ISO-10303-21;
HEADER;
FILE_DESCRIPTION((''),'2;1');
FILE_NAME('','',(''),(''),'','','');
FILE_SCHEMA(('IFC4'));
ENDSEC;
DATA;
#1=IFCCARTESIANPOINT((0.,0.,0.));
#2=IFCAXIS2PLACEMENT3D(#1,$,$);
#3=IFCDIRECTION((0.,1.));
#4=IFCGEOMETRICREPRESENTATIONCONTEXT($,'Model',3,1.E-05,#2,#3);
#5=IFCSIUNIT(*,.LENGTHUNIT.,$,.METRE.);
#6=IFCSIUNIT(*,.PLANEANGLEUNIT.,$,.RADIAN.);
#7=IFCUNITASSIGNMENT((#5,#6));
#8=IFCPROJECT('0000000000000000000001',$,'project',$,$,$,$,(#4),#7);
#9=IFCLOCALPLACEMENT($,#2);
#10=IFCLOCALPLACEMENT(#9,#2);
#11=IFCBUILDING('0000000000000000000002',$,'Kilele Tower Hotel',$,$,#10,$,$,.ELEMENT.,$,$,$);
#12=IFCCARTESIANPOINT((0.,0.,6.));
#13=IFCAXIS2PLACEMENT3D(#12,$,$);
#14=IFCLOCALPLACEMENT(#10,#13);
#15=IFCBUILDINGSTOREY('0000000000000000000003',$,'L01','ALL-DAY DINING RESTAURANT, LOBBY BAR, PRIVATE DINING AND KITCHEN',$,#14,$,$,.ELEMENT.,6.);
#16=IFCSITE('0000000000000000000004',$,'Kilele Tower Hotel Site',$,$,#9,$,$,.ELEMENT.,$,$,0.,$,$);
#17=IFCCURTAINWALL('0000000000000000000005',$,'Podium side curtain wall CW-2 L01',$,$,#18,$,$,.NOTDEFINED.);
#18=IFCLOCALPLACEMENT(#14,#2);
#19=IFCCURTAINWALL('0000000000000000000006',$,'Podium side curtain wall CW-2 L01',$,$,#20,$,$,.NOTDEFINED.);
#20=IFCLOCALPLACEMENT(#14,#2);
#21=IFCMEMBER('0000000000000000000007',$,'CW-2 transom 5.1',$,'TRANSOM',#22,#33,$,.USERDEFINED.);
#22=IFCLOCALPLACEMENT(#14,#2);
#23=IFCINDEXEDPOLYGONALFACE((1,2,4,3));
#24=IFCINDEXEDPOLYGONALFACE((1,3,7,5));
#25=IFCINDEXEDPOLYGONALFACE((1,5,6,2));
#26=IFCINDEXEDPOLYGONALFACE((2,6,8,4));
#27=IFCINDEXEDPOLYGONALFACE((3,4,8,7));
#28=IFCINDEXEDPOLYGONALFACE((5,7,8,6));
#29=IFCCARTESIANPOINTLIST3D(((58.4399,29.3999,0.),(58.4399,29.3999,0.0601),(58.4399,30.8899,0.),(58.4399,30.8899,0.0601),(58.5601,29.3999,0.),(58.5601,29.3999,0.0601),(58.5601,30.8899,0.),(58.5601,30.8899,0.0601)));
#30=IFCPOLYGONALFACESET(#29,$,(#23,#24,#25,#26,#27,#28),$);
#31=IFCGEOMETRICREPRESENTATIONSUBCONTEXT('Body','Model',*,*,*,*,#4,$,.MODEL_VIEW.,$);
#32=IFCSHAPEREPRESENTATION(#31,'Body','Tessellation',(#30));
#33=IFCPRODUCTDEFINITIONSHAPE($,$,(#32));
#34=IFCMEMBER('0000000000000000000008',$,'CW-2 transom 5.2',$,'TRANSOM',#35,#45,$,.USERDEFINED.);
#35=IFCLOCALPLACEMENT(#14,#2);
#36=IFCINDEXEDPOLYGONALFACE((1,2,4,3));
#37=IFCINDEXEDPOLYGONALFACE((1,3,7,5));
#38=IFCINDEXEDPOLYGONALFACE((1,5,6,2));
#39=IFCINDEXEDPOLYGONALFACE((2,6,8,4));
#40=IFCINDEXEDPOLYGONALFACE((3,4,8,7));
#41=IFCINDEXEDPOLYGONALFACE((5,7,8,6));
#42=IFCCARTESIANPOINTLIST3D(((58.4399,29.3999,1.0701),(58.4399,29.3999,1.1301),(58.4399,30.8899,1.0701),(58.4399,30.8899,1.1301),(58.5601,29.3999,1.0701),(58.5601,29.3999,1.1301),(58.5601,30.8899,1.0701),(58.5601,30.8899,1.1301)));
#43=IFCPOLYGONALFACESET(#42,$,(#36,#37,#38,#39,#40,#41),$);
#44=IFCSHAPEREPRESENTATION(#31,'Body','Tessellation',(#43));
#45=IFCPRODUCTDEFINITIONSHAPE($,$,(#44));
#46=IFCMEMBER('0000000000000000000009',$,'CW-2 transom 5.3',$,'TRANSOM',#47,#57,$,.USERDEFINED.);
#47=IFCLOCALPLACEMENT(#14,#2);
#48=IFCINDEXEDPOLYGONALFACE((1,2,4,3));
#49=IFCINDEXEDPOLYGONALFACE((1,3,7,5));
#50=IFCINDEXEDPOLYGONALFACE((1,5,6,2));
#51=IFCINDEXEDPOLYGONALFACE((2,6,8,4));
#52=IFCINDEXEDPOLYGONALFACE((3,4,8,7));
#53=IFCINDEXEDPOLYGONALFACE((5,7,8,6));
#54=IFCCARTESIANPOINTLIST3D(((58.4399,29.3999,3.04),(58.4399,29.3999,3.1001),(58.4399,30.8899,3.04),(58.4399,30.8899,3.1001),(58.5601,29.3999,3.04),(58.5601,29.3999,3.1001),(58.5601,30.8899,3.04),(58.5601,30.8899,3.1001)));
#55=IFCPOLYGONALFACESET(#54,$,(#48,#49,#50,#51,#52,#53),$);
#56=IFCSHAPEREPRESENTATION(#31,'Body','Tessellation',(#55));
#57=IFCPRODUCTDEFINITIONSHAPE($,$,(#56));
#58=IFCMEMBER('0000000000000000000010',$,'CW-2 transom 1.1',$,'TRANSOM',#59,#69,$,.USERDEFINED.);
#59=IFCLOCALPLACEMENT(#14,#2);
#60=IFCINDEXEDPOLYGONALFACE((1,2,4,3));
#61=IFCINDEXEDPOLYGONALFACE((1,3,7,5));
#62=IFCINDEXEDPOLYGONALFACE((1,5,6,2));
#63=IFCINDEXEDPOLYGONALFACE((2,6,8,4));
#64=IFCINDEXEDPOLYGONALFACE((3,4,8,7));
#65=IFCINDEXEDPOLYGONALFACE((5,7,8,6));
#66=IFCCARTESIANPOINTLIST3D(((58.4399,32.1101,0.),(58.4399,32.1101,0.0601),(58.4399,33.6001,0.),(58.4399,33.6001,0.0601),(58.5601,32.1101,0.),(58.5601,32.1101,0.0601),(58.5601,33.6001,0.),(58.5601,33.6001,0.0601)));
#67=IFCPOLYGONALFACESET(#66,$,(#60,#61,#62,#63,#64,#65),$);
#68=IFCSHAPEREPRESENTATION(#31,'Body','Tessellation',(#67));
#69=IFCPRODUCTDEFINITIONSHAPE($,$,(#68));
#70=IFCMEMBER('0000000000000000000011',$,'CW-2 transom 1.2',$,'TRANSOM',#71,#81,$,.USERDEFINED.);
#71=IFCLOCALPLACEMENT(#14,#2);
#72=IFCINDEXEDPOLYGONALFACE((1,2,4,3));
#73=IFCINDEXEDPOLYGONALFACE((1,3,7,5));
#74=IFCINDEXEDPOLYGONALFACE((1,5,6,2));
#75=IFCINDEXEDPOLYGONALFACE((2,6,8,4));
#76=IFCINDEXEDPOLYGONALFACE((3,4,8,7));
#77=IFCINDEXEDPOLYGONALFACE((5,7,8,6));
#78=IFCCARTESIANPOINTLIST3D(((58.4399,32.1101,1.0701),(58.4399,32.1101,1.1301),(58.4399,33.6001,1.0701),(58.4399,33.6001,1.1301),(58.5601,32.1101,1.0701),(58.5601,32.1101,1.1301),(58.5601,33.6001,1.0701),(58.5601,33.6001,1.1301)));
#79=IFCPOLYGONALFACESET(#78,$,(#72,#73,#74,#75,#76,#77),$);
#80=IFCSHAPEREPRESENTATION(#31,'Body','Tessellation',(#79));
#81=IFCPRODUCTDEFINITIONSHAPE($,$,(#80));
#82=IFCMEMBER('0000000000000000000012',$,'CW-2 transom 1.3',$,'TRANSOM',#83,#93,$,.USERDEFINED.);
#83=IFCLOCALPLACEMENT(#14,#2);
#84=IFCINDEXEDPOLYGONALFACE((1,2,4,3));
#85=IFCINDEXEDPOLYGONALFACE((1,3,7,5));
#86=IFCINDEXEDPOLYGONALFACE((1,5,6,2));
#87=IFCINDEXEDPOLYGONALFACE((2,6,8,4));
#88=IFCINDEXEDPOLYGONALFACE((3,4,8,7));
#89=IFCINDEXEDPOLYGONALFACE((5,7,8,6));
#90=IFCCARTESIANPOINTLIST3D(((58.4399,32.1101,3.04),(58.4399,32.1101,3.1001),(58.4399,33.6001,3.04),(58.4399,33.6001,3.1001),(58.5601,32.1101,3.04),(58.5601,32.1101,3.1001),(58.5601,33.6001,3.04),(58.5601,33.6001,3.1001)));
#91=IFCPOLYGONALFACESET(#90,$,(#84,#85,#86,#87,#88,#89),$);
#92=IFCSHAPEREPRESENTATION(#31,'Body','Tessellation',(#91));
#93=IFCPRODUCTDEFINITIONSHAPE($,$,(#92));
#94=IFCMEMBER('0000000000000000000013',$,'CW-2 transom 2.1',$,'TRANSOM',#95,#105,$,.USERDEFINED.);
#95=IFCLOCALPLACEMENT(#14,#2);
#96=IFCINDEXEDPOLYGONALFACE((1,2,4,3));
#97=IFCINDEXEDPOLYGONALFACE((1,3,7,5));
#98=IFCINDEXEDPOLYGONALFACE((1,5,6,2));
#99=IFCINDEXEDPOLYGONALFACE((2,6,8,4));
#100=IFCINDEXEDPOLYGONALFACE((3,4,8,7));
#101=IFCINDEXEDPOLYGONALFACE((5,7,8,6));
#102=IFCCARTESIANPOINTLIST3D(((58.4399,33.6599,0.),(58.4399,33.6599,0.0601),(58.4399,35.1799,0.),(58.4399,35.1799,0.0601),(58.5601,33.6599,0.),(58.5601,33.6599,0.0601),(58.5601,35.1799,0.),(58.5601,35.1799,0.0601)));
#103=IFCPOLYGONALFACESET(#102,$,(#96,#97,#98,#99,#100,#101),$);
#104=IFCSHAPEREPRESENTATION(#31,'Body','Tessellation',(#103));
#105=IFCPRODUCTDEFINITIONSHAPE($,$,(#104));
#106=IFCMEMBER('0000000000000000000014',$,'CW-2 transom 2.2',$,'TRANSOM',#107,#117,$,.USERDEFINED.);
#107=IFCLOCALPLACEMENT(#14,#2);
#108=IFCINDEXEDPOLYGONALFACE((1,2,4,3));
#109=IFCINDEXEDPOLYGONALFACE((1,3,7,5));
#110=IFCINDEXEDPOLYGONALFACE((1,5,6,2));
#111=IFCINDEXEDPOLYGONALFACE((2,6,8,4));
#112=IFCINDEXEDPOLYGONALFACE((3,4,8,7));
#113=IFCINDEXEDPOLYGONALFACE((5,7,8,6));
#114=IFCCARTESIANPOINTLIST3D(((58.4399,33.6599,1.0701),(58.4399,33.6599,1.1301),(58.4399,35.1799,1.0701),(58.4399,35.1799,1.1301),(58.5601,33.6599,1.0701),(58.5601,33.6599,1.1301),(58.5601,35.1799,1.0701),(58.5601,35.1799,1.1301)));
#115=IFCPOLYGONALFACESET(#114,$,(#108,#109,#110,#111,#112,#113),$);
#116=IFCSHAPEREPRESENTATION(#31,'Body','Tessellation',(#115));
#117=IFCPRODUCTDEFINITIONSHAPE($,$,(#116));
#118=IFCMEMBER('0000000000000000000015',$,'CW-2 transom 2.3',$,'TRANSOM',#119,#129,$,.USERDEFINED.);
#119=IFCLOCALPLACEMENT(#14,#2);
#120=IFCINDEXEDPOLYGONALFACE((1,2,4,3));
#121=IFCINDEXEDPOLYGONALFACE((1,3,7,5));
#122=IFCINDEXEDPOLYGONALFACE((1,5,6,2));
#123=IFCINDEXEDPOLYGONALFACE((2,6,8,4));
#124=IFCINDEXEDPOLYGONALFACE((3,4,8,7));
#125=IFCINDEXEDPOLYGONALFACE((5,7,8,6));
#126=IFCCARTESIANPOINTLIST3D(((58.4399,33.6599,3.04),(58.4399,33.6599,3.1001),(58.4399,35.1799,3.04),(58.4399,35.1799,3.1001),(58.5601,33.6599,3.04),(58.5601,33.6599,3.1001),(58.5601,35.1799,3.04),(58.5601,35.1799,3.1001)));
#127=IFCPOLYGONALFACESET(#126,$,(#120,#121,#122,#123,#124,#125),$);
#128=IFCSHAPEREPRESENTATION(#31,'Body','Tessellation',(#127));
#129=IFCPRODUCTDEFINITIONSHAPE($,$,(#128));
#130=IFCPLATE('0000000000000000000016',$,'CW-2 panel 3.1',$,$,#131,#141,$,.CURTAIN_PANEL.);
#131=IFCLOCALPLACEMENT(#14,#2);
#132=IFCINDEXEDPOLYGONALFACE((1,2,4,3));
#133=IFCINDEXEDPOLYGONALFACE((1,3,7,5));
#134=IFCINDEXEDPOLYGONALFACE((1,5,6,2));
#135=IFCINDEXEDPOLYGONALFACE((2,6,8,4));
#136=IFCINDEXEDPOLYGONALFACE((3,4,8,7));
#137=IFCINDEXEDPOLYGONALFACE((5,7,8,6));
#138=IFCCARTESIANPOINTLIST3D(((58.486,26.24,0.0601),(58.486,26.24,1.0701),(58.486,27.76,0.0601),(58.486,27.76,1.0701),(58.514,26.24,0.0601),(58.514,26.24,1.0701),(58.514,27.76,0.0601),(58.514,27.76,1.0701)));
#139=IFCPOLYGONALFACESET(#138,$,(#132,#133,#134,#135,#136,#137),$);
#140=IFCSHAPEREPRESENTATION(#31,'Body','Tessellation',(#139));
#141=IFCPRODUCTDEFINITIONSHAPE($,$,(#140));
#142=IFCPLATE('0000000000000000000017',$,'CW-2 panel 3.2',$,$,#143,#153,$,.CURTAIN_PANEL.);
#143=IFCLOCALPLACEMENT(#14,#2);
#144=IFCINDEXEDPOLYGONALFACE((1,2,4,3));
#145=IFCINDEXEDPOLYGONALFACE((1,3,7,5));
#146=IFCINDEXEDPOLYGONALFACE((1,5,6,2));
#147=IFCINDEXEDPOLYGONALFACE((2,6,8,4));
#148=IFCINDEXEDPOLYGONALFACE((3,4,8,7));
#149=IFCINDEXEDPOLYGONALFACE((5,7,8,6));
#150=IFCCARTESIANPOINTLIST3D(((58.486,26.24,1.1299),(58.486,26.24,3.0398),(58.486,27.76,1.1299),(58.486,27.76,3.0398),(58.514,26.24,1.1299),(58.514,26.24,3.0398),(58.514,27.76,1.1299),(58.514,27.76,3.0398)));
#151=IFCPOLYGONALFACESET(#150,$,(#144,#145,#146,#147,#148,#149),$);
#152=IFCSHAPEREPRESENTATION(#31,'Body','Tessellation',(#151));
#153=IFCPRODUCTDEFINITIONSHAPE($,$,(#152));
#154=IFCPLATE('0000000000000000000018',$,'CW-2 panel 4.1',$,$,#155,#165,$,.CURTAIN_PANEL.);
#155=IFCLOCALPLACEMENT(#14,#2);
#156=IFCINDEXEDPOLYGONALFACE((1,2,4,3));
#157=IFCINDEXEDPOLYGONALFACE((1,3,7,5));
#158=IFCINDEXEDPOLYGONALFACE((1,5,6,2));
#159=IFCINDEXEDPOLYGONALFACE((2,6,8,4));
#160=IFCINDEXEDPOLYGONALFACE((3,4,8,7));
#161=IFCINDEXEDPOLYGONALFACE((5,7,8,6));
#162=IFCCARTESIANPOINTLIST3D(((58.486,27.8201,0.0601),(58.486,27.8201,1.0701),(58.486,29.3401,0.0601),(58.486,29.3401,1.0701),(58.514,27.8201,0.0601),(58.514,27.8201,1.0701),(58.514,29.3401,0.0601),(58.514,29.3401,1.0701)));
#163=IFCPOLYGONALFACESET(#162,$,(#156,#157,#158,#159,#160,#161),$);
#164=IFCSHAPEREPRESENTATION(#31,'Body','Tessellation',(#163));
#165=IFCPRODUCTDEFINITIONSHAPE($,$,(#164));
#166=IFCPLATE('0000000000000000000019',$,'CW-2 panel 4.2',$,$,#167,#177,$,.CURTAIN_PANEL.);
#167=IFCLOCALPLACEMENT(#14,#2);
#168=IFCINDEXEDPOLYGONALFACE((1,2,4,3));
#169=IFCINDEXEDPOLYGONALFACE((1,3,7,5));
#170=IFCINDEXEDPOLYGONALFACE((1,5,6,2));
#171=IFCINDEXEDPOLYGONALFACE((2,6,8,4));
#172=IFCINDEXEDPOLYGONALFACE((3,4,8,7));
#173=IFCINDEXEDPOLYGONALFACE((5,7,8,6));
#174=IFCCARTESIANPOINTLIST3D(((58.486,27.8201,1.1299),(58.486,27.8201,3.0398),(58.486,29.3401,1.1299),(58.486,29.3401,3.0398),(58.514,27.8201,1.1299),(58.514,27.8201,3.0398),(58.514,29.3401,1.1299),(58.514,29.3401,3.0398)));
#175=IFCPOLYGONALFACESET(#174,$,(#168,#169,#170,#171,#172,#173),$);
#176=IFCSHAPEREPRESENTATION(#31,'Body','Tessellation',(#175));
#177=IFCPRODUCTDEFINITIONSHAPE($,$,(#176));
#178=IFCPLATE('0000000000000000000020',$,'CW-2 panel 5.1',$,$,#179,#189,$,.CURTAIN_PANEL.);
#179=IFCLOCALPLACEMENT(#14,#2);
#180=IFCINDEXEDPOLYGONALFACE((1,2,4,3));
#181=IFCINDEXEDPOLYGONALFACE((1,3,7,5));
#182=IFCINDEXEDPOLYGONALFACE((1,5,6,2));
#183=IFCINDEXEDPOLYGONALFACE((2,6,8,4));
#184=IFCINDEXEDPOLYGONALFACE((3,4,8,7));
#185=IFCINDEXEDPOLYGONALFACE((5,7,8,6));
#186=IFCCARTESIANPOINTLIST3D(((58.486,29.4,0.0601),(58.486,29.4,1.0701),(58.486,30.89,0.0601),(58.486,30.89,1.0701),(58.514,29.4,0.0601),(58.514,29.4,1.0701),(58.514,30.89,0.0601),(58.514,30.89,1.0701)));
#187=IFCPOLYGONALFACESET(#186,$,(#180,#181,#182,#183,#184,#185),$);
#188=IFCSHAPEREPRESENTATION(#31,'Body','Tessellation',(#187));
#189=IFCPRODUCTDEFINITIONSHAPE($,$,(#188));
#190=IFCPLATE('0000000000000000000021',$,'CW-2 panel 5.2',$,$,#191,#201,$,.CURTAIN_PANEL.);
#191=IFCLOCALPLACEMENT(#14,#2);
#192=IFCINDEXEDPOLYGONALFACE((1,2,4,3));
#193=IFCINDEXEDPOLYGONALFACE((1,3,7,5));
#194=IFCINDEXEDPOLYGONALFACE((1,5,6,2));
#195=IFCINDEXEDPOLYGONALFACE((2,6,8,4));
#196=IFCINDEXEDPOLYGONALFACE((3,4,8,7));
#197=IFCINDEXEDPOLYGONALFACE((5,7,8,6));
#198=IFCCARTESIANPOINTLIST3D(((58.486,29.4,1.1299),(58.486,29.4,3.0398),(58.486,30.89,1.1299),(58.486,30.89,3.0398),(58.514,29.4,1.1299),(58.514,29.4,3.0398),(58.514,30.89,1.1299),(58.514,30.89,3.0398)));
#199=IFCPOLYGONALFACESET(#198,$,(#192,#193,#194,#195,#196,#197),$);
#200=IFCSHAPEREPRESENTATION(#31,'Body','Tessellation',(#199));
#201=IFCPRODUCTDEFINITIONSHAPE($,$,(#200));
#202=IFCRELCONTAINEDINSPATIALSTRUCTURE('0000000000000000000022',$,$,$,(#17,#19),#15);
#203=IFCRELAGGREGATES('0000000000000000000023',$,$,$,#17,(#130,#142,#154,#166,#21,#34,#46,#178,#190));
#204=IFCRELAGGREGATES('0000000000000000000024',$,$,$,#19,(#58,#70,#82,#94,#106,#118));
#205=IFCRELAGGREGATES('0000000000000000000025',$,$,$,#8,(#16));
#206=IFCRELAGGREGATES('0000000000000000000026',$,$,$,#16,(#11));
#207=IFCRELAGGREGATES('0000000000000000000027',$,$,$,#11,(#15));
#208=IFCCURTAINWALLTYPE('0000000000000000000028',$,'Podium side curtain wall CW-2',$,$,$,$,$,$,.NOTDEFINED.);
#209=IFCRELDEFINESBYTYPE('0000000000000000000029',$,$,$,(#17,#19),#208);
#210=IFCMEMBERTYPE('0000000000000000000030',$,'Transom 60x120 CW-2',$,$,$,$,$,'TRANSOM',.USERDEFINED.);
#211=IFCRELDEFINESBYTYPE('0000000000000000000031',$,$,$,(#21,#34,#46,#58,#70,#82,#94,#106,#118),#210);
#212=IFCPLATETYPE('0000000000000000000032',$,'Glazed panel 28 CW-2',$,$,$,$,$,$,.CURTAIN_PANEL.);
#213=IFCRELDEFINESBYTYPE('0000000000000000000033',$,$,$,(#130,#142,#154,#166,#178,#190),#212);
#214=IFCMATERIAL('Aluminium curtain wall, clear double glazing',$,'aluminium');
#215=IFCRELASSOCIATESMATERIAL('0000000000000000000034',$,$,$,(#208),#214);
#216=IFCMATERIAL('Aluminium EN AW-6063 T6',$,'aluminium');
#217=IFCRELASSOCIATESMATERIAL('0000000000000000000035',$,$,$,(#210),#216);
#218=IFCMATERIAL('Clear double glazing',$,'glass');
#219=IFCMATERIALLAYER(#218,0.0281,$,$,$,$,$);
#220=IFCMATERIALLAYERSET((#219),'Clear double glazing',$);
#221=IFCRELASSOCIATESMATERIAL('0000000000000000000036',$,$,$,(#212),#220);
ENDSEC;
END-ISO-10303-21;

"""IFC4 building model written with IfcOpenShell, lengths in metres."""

from ifc_helpers import new_model, si_unit, direction, frame, origin, origin_2d, place, context, subcontext, project, spatial, rectangle, extrude, material, layer, layer_set, material_profile, profile_set, type_object, element, aggregate, save


model = new_model("IFC4")

# Units and contexts
model_context = context("Model", 3, precision=1e-05, world=origin(), true_north=direction((0.0, 1.0)))
body_context = subcontext(model_context, "Body", "Model", "MODEL_VIEW")
ifc_project = project(units=[si_unit("LENGTHUNIT", "METRE"), si_unit("PLANEANGLEUNIT", "RADIAN")], contexts=[model_context])

# Site, building, storey
site_placement = place(None, origin())
site = spatial("IfcSite", under=ifc_project, at=site_placement, Name="Kilele Tower Hotel Site", CompositionType="ELEMENT", RefElevation=0.0)
building_placement = place(site_placement, origin())
building = spatial("IfcBuilding", under=site, at=building_placement, Name="Kilele Tower Hotel", CompositionType="ELEMENT")
storey_placement = place(building_placement, frame((0.0, 0.0, 6.0)))
storey = spatial("IfcBuildingStorey", under=building, at=storey_placement, Name="L01", Description="ALL-DAY DINING RESTAURANT, LOBBY BAR, PRIVATE DINING AND KITCHEN", CompositionType="ELEMENT", Elevation=6.0)

# Curtain walls
ifc_material_1 = material(Name="Aluminium curtain wall, clear double glazing", Category="aluminium")
curtain_wall_type = type_object("IfcCurtainWallType", Name="Podium side curtain wall CW-2", PredefinedType="NOTDEFINED", material=ifc_material_1)
curtain_wall_1_placement = place(storey_placement, origin())
curtain_wall_1 = element("IfcCurtainWall", 1, at=curtain_wall_1_placement, inside=storey, type_object=curtain_wall_type, Name="Podium side curtain wall CW-2 L01", PredefinedType="NOTDEFINED")
curtain_wall_2_placement = place(storey_placement, origin())
curtain_wall_2 = element("IfcCurtainWall", 2, at=curtain_wall_2_placement, inside=storey, type_object=curtain_wall_type, Name="Podium side curtain wall CW-2 L01", PredefinedType="NOTDEFINED")

# Members
ifc_material_2 = material(Name="Aluminium EN AW-6063 T6", Category="aluminium")
ifc_material_profile_1 = material_profile(ifc_material_2, rectangle(XDim=0.1201, YDim=0.0601, at=origin_2d()))
ifc_profile_set_1 = profile_set([ifc_material_profile_1], Name="Aluminium EN AW-6063 T6")
member_type_1 = type_object("IfcMemberType", Name="Transom 60x120 CW-2", ElementType="TRANSOM", PredefinedType="USERDEFINED", material=ifc_profile_set_1)
member_1_placement = place(storey_placement, frame((58.5, 29.3999, 0.03), z_axis=(0.0, 1.0, 0.0), x_axis=(-1.0, 0.0, 0.0)))
member_1 = element("IfcMember", 3, at=member_1_placement, type_object=member_type_1, Name="CW-2 transom 5.1", ObjectType="TRANSOM", PredefinedType="USERDEFINED", context=body_context, shape_type="SweptSolid", body=[
    extrude(rectangle(XDim=0.1201, YDim=0.0601, at=origin_2d()), origin(), (0.0, 0.0, 1.0), 1.49),
])
member_2_placement = place(storey_placement, frame((58.5, 29.3999, 1.1001), z_axis=(0.0, 1.0, 0.0), x_axis=(-1.0, 0.0, 0.0)))
member_2 = element("IfcMember", 4, at=member_2_placement, type_object=member_type_1, Name="CW-2 transom 5.2", ObjectType="TRANSOM", PredefinedType="USERDEFINED", context=body_context, shape_type="SweptSolid", body=[
    extrude(rectangle(XDim=0.1201, YDim=0.0601, at=origin_2d()), origin(), (0.0, 0.0, 1.0), 1.49),
])
member_3_placement = place(storey_placement, frame((58.5, 29.3999, 3.0701), z_axis=(0.0, 1.0, 0.0), x_axis=(-1.0, 0.0, 0.0)))
member_3 = element("IfcMember", 5, at=member_3_placement, type_object=member_type_1, Name="CW-2 transom 5.3", ObjectType="TRANSOM", PredefinedType="USERDEFINED", context=body_context, shape_type="SweptSolid", body=[
    extrude(rectangle(XDim=0.1201, YDim=0.0601, at=origin_2d()), origin(), (0.0, 0.0, 1.0), 1.49),
])
member_4_placement = place(storey_placement, frame((58.5, 32.1101, 0.03), z_axis=(0.0, 1.0, 0.0), x_axis=(-1.0, 0.0, 0.0)))
member_4 = element("IfcMember", 6, at=member_4_placement, type_object=member_type_1, Name="CW-2 transom 1.1", ObjectType="TRANSOM", PredefinedType="USERDEFINED", context=body_context, shape_type="SweptSolid", body=[
    extrude(rectangle(XDim=0.1201, YDim=0.0601, at=origin_2d()), origin(), (0.0, 0.0, 1.0), 1.49),
])
member_5_placement = place(storey_placement, frame((58.5, 32.1101, 1.1001), z_axis=(0.0, 1.0, 0.0), x_axis=(-1.0, 0.0, 0.0)))
member_5 = element("IfcMember", 7, at=member_5_placement, type_object=member_type_1, Name="CW-2 transom 1.2", ObjectType="TRANSOM", PredefinedType="USERDEFINED", context=body_context, shape_type="SweptSolid", body=[
    extrude(rectangle(XDim=0.1201, YDim=0.0601, at=origin_2d()), origin(), (0.0, 0.0, 1.0), 1.49),
])
member_6_placement = place(storey_placement, frame((58.5, 32.1101, 3.0701), z_axis=(0.0, 1.0, 0.0), x_axis=(-1.0, 0.0, 0.0)))
member_6 = element("IfcMember", 8, at=member_6_placement, type_object=member_type_1, Name="CW-2 transom 1.3", ObjectType="TRANSOM", PredefinedType="USERDEFINED", context=body_context, shape_type="SweptSolid", body=[
    extrude(rectangle(XDim=0.1201, YDim=0.0601, at=origin_2d()), origin(), (0.0, 0.0, 1.0), 1.49),
])
member_7_placement = place(storey_placement, frame((58.5, 33.6599, 0.03), z_axis=(0.0, 1.0, 0.0), x_axis=(-1.0, 0.0, 0.0)))
member_7 = element("IfcMember", 9, at=member_7_placement, type_object=member_type_1, Name="CW-2 transom 2.1", ObjectType="TRANSOM", PredefinedType="USERDEFINED", context=body_context, shape_type="SweptSolid", body=[
    extrude(rectangle(XDim=0.1201, YDim=0.0601, at=origin_2d()), origin(), (0.0, 0.0, 1.0), 1.52),
])
member_8_placement = place(storey_placement, frame((58.5, 33.6599, 1.1001), z_axis=(0.0, 1.0, 0.0), x_axis=(-1.0, 0.0, 0.0)))
member_8 = element("IfcMember", 10, at=member_8_placement, type_object=member_type_1, Name="CW-2 transom 2.2", ObjectType="TRANSOM", PredefinedType="USERDEFINED", context=body_context, shape_type="SweptSolid", body=[
    extrude(rectangle(XDim=0.1201, YDim=0.0601, at=origin_2d()), origin(), (0.0, 0.0, 1.0), 1.52),
])
member_9_placement = place(storey_placement, frame((58.5, 33.6599, 3.0701), z_axis=(0.0, 1.0, 0.0), x_axis=(-1.0, 0.0, 0.0)))
member_9 = element("IfcMember", 11, at=member_9_placement, type_object=member_type_1, Name="CW-2 transom 2.3", ObjectType="TRANSOM", PredefinedType="USERDEFINED", context=body_context, shape_type="SweptSolid", body=[
    extrude(rectangle(XDim=0.1201, YDim=0.0601, at=origin_2d()), origin(), (0.0, 0.0, 1.0), 1.52),
])

# Plates
ifc_material_3 = material(Name="Clear double glazing", Category="glass")
ifc_layer = layer(ifc_material_3, 0.0281)
ifc_layer_set = layer_set([ifc_layer], Name="Clear double glazing")
plate_type = type_object("IfcPlateType", Name="Glazed panel 28 CW-2", PredefinedType="CURTAIN_PANEL", material=ifc_layer_set)
plate_1_placement = place(storey_placement, frame((58.5, 27.0, 0.0601), z_axis=(0.0, 0.0, 1.0), x_axis=(0.0, 1.0, 0.0)))
plate_1 = element("IfcPlate", 12, at=plate_1_placement, type_object=plate_type, Name="CW-2 panel 3.1", PredefinedType="CURTAIN_PANEL", context=body_context, shape_type="SweptSolid", body=[
    extrude(rectangle(XDim=1.52, YDim=0.0281, at=origin_2d()), origin(), (0.0, 0.0, 1.0), 1.01),
])
plate_2_placement = place(storey_placement, frame((58.5, 27.0, 1.1299), z_axis=(0.0, 0.0, 1.0), x_axis=(0.0, 1.0, 0.0)))
plate_2 = element("IfcPlate", 13, at=plate_2_placement, type_object=plate_type, Name="CW-2 panel 3.2", PredefinedType="CURTAIN_PANEL", context=body_context, shape_type="SweptSolid", body=[
    extrude(rectangle(XDim=1.52, YDim=0.0281, at=origin_2d()), origin(), (0.0, 0.0, 1.0), 1.9099),
])
plate_3_placement = place(storey_placement, frame((58.5, 28.5801, 0.0601), z_axis=(0.0, 0.0, 1.0), x_axis=(0.0, 1.0, 0.0)))
plate_3 = element("IfcPlate", 14, at=plate_3_placement, type_object=plate_type, Name="CW-2 panel 4.1", PredefinedType="CURTAIN_PANEL", context=body_context, shape_type="SweptSolid", body=[
    extrude(rectangle(XDim=1.52, YDim=0.0281, at=origin_2d()), origin(), (0.0, 0.0, 1.0), 1.01),
])
plate_4_placement = place(storey_placement, frame((58.5, 28.5801, 1.1299), z_axis=(0.0, 0.0, 1.0), x_axis=(0.0, 1.0, 0.0)))
plate_4 = element("IfcPlate", 15, at=plate_4_placement, type_object=plate_type, Name="CW-2 panel 4.2", PredefinedType="CURTAIN_PANEL", context=body_context, shape_type="SweptSolid", body=[
    extrude(rectangle(XDim=1.52, YDim=0.0281, at=origin_2d()), origin(), (0.0, 0.0, 1.0), 1.9099),
])
plate_5_placement = place(storey_placement, frame((58.5, 30.145, 0.0601), z_axis=(0.0, 0.0, 1.0), x_axis=(0.0, 1.0, 0.0)))
plate_5 = element("IfcPlate", 16, at=plate_5_placement, type_object=plate_type, Name="CW-2 panel 5.1", PredefinedType="CURTAIN_PANEL", context=body_context, shape_type="SweptSolid", body=[
    extrude(rectangle(XDim=1.49, YDim=0.0281, at=origin_2d()), origin(), (0.0, 0.0, 1.0), 1.01),
])
plate_6_placement = place(storey_placement, frame((58.5, 30.145, 1.1299), z_axis=(0.0, 0.0, 1.0), x_axis=(0.0, 1.0, 0.0)))
plate_6 = element("IfcPlate", 17, at=plate_6_placement, type_object=plate_type, Name="CW-2 panel 5.2", PredefinedType="CURTAIN_PANEL", context=body_context, shape_type="SweptSolid", body=[
    extrude(rectangle(XDim=1.49, YDim=0.0281, at=origin_2d()), origin(), (0.0, 0.0, 1.0), 1.9099),
])
aggregate(curtain_wall_1, [plate_1, plate_2, plate_3, plate_4, member_1, member_2, member_3, plate_5, plate_6])
aggregate(curtain_wall_2, [member_4, member_5, member_6, member_7, member_8, member_9])

save(model, "model.ifc")
